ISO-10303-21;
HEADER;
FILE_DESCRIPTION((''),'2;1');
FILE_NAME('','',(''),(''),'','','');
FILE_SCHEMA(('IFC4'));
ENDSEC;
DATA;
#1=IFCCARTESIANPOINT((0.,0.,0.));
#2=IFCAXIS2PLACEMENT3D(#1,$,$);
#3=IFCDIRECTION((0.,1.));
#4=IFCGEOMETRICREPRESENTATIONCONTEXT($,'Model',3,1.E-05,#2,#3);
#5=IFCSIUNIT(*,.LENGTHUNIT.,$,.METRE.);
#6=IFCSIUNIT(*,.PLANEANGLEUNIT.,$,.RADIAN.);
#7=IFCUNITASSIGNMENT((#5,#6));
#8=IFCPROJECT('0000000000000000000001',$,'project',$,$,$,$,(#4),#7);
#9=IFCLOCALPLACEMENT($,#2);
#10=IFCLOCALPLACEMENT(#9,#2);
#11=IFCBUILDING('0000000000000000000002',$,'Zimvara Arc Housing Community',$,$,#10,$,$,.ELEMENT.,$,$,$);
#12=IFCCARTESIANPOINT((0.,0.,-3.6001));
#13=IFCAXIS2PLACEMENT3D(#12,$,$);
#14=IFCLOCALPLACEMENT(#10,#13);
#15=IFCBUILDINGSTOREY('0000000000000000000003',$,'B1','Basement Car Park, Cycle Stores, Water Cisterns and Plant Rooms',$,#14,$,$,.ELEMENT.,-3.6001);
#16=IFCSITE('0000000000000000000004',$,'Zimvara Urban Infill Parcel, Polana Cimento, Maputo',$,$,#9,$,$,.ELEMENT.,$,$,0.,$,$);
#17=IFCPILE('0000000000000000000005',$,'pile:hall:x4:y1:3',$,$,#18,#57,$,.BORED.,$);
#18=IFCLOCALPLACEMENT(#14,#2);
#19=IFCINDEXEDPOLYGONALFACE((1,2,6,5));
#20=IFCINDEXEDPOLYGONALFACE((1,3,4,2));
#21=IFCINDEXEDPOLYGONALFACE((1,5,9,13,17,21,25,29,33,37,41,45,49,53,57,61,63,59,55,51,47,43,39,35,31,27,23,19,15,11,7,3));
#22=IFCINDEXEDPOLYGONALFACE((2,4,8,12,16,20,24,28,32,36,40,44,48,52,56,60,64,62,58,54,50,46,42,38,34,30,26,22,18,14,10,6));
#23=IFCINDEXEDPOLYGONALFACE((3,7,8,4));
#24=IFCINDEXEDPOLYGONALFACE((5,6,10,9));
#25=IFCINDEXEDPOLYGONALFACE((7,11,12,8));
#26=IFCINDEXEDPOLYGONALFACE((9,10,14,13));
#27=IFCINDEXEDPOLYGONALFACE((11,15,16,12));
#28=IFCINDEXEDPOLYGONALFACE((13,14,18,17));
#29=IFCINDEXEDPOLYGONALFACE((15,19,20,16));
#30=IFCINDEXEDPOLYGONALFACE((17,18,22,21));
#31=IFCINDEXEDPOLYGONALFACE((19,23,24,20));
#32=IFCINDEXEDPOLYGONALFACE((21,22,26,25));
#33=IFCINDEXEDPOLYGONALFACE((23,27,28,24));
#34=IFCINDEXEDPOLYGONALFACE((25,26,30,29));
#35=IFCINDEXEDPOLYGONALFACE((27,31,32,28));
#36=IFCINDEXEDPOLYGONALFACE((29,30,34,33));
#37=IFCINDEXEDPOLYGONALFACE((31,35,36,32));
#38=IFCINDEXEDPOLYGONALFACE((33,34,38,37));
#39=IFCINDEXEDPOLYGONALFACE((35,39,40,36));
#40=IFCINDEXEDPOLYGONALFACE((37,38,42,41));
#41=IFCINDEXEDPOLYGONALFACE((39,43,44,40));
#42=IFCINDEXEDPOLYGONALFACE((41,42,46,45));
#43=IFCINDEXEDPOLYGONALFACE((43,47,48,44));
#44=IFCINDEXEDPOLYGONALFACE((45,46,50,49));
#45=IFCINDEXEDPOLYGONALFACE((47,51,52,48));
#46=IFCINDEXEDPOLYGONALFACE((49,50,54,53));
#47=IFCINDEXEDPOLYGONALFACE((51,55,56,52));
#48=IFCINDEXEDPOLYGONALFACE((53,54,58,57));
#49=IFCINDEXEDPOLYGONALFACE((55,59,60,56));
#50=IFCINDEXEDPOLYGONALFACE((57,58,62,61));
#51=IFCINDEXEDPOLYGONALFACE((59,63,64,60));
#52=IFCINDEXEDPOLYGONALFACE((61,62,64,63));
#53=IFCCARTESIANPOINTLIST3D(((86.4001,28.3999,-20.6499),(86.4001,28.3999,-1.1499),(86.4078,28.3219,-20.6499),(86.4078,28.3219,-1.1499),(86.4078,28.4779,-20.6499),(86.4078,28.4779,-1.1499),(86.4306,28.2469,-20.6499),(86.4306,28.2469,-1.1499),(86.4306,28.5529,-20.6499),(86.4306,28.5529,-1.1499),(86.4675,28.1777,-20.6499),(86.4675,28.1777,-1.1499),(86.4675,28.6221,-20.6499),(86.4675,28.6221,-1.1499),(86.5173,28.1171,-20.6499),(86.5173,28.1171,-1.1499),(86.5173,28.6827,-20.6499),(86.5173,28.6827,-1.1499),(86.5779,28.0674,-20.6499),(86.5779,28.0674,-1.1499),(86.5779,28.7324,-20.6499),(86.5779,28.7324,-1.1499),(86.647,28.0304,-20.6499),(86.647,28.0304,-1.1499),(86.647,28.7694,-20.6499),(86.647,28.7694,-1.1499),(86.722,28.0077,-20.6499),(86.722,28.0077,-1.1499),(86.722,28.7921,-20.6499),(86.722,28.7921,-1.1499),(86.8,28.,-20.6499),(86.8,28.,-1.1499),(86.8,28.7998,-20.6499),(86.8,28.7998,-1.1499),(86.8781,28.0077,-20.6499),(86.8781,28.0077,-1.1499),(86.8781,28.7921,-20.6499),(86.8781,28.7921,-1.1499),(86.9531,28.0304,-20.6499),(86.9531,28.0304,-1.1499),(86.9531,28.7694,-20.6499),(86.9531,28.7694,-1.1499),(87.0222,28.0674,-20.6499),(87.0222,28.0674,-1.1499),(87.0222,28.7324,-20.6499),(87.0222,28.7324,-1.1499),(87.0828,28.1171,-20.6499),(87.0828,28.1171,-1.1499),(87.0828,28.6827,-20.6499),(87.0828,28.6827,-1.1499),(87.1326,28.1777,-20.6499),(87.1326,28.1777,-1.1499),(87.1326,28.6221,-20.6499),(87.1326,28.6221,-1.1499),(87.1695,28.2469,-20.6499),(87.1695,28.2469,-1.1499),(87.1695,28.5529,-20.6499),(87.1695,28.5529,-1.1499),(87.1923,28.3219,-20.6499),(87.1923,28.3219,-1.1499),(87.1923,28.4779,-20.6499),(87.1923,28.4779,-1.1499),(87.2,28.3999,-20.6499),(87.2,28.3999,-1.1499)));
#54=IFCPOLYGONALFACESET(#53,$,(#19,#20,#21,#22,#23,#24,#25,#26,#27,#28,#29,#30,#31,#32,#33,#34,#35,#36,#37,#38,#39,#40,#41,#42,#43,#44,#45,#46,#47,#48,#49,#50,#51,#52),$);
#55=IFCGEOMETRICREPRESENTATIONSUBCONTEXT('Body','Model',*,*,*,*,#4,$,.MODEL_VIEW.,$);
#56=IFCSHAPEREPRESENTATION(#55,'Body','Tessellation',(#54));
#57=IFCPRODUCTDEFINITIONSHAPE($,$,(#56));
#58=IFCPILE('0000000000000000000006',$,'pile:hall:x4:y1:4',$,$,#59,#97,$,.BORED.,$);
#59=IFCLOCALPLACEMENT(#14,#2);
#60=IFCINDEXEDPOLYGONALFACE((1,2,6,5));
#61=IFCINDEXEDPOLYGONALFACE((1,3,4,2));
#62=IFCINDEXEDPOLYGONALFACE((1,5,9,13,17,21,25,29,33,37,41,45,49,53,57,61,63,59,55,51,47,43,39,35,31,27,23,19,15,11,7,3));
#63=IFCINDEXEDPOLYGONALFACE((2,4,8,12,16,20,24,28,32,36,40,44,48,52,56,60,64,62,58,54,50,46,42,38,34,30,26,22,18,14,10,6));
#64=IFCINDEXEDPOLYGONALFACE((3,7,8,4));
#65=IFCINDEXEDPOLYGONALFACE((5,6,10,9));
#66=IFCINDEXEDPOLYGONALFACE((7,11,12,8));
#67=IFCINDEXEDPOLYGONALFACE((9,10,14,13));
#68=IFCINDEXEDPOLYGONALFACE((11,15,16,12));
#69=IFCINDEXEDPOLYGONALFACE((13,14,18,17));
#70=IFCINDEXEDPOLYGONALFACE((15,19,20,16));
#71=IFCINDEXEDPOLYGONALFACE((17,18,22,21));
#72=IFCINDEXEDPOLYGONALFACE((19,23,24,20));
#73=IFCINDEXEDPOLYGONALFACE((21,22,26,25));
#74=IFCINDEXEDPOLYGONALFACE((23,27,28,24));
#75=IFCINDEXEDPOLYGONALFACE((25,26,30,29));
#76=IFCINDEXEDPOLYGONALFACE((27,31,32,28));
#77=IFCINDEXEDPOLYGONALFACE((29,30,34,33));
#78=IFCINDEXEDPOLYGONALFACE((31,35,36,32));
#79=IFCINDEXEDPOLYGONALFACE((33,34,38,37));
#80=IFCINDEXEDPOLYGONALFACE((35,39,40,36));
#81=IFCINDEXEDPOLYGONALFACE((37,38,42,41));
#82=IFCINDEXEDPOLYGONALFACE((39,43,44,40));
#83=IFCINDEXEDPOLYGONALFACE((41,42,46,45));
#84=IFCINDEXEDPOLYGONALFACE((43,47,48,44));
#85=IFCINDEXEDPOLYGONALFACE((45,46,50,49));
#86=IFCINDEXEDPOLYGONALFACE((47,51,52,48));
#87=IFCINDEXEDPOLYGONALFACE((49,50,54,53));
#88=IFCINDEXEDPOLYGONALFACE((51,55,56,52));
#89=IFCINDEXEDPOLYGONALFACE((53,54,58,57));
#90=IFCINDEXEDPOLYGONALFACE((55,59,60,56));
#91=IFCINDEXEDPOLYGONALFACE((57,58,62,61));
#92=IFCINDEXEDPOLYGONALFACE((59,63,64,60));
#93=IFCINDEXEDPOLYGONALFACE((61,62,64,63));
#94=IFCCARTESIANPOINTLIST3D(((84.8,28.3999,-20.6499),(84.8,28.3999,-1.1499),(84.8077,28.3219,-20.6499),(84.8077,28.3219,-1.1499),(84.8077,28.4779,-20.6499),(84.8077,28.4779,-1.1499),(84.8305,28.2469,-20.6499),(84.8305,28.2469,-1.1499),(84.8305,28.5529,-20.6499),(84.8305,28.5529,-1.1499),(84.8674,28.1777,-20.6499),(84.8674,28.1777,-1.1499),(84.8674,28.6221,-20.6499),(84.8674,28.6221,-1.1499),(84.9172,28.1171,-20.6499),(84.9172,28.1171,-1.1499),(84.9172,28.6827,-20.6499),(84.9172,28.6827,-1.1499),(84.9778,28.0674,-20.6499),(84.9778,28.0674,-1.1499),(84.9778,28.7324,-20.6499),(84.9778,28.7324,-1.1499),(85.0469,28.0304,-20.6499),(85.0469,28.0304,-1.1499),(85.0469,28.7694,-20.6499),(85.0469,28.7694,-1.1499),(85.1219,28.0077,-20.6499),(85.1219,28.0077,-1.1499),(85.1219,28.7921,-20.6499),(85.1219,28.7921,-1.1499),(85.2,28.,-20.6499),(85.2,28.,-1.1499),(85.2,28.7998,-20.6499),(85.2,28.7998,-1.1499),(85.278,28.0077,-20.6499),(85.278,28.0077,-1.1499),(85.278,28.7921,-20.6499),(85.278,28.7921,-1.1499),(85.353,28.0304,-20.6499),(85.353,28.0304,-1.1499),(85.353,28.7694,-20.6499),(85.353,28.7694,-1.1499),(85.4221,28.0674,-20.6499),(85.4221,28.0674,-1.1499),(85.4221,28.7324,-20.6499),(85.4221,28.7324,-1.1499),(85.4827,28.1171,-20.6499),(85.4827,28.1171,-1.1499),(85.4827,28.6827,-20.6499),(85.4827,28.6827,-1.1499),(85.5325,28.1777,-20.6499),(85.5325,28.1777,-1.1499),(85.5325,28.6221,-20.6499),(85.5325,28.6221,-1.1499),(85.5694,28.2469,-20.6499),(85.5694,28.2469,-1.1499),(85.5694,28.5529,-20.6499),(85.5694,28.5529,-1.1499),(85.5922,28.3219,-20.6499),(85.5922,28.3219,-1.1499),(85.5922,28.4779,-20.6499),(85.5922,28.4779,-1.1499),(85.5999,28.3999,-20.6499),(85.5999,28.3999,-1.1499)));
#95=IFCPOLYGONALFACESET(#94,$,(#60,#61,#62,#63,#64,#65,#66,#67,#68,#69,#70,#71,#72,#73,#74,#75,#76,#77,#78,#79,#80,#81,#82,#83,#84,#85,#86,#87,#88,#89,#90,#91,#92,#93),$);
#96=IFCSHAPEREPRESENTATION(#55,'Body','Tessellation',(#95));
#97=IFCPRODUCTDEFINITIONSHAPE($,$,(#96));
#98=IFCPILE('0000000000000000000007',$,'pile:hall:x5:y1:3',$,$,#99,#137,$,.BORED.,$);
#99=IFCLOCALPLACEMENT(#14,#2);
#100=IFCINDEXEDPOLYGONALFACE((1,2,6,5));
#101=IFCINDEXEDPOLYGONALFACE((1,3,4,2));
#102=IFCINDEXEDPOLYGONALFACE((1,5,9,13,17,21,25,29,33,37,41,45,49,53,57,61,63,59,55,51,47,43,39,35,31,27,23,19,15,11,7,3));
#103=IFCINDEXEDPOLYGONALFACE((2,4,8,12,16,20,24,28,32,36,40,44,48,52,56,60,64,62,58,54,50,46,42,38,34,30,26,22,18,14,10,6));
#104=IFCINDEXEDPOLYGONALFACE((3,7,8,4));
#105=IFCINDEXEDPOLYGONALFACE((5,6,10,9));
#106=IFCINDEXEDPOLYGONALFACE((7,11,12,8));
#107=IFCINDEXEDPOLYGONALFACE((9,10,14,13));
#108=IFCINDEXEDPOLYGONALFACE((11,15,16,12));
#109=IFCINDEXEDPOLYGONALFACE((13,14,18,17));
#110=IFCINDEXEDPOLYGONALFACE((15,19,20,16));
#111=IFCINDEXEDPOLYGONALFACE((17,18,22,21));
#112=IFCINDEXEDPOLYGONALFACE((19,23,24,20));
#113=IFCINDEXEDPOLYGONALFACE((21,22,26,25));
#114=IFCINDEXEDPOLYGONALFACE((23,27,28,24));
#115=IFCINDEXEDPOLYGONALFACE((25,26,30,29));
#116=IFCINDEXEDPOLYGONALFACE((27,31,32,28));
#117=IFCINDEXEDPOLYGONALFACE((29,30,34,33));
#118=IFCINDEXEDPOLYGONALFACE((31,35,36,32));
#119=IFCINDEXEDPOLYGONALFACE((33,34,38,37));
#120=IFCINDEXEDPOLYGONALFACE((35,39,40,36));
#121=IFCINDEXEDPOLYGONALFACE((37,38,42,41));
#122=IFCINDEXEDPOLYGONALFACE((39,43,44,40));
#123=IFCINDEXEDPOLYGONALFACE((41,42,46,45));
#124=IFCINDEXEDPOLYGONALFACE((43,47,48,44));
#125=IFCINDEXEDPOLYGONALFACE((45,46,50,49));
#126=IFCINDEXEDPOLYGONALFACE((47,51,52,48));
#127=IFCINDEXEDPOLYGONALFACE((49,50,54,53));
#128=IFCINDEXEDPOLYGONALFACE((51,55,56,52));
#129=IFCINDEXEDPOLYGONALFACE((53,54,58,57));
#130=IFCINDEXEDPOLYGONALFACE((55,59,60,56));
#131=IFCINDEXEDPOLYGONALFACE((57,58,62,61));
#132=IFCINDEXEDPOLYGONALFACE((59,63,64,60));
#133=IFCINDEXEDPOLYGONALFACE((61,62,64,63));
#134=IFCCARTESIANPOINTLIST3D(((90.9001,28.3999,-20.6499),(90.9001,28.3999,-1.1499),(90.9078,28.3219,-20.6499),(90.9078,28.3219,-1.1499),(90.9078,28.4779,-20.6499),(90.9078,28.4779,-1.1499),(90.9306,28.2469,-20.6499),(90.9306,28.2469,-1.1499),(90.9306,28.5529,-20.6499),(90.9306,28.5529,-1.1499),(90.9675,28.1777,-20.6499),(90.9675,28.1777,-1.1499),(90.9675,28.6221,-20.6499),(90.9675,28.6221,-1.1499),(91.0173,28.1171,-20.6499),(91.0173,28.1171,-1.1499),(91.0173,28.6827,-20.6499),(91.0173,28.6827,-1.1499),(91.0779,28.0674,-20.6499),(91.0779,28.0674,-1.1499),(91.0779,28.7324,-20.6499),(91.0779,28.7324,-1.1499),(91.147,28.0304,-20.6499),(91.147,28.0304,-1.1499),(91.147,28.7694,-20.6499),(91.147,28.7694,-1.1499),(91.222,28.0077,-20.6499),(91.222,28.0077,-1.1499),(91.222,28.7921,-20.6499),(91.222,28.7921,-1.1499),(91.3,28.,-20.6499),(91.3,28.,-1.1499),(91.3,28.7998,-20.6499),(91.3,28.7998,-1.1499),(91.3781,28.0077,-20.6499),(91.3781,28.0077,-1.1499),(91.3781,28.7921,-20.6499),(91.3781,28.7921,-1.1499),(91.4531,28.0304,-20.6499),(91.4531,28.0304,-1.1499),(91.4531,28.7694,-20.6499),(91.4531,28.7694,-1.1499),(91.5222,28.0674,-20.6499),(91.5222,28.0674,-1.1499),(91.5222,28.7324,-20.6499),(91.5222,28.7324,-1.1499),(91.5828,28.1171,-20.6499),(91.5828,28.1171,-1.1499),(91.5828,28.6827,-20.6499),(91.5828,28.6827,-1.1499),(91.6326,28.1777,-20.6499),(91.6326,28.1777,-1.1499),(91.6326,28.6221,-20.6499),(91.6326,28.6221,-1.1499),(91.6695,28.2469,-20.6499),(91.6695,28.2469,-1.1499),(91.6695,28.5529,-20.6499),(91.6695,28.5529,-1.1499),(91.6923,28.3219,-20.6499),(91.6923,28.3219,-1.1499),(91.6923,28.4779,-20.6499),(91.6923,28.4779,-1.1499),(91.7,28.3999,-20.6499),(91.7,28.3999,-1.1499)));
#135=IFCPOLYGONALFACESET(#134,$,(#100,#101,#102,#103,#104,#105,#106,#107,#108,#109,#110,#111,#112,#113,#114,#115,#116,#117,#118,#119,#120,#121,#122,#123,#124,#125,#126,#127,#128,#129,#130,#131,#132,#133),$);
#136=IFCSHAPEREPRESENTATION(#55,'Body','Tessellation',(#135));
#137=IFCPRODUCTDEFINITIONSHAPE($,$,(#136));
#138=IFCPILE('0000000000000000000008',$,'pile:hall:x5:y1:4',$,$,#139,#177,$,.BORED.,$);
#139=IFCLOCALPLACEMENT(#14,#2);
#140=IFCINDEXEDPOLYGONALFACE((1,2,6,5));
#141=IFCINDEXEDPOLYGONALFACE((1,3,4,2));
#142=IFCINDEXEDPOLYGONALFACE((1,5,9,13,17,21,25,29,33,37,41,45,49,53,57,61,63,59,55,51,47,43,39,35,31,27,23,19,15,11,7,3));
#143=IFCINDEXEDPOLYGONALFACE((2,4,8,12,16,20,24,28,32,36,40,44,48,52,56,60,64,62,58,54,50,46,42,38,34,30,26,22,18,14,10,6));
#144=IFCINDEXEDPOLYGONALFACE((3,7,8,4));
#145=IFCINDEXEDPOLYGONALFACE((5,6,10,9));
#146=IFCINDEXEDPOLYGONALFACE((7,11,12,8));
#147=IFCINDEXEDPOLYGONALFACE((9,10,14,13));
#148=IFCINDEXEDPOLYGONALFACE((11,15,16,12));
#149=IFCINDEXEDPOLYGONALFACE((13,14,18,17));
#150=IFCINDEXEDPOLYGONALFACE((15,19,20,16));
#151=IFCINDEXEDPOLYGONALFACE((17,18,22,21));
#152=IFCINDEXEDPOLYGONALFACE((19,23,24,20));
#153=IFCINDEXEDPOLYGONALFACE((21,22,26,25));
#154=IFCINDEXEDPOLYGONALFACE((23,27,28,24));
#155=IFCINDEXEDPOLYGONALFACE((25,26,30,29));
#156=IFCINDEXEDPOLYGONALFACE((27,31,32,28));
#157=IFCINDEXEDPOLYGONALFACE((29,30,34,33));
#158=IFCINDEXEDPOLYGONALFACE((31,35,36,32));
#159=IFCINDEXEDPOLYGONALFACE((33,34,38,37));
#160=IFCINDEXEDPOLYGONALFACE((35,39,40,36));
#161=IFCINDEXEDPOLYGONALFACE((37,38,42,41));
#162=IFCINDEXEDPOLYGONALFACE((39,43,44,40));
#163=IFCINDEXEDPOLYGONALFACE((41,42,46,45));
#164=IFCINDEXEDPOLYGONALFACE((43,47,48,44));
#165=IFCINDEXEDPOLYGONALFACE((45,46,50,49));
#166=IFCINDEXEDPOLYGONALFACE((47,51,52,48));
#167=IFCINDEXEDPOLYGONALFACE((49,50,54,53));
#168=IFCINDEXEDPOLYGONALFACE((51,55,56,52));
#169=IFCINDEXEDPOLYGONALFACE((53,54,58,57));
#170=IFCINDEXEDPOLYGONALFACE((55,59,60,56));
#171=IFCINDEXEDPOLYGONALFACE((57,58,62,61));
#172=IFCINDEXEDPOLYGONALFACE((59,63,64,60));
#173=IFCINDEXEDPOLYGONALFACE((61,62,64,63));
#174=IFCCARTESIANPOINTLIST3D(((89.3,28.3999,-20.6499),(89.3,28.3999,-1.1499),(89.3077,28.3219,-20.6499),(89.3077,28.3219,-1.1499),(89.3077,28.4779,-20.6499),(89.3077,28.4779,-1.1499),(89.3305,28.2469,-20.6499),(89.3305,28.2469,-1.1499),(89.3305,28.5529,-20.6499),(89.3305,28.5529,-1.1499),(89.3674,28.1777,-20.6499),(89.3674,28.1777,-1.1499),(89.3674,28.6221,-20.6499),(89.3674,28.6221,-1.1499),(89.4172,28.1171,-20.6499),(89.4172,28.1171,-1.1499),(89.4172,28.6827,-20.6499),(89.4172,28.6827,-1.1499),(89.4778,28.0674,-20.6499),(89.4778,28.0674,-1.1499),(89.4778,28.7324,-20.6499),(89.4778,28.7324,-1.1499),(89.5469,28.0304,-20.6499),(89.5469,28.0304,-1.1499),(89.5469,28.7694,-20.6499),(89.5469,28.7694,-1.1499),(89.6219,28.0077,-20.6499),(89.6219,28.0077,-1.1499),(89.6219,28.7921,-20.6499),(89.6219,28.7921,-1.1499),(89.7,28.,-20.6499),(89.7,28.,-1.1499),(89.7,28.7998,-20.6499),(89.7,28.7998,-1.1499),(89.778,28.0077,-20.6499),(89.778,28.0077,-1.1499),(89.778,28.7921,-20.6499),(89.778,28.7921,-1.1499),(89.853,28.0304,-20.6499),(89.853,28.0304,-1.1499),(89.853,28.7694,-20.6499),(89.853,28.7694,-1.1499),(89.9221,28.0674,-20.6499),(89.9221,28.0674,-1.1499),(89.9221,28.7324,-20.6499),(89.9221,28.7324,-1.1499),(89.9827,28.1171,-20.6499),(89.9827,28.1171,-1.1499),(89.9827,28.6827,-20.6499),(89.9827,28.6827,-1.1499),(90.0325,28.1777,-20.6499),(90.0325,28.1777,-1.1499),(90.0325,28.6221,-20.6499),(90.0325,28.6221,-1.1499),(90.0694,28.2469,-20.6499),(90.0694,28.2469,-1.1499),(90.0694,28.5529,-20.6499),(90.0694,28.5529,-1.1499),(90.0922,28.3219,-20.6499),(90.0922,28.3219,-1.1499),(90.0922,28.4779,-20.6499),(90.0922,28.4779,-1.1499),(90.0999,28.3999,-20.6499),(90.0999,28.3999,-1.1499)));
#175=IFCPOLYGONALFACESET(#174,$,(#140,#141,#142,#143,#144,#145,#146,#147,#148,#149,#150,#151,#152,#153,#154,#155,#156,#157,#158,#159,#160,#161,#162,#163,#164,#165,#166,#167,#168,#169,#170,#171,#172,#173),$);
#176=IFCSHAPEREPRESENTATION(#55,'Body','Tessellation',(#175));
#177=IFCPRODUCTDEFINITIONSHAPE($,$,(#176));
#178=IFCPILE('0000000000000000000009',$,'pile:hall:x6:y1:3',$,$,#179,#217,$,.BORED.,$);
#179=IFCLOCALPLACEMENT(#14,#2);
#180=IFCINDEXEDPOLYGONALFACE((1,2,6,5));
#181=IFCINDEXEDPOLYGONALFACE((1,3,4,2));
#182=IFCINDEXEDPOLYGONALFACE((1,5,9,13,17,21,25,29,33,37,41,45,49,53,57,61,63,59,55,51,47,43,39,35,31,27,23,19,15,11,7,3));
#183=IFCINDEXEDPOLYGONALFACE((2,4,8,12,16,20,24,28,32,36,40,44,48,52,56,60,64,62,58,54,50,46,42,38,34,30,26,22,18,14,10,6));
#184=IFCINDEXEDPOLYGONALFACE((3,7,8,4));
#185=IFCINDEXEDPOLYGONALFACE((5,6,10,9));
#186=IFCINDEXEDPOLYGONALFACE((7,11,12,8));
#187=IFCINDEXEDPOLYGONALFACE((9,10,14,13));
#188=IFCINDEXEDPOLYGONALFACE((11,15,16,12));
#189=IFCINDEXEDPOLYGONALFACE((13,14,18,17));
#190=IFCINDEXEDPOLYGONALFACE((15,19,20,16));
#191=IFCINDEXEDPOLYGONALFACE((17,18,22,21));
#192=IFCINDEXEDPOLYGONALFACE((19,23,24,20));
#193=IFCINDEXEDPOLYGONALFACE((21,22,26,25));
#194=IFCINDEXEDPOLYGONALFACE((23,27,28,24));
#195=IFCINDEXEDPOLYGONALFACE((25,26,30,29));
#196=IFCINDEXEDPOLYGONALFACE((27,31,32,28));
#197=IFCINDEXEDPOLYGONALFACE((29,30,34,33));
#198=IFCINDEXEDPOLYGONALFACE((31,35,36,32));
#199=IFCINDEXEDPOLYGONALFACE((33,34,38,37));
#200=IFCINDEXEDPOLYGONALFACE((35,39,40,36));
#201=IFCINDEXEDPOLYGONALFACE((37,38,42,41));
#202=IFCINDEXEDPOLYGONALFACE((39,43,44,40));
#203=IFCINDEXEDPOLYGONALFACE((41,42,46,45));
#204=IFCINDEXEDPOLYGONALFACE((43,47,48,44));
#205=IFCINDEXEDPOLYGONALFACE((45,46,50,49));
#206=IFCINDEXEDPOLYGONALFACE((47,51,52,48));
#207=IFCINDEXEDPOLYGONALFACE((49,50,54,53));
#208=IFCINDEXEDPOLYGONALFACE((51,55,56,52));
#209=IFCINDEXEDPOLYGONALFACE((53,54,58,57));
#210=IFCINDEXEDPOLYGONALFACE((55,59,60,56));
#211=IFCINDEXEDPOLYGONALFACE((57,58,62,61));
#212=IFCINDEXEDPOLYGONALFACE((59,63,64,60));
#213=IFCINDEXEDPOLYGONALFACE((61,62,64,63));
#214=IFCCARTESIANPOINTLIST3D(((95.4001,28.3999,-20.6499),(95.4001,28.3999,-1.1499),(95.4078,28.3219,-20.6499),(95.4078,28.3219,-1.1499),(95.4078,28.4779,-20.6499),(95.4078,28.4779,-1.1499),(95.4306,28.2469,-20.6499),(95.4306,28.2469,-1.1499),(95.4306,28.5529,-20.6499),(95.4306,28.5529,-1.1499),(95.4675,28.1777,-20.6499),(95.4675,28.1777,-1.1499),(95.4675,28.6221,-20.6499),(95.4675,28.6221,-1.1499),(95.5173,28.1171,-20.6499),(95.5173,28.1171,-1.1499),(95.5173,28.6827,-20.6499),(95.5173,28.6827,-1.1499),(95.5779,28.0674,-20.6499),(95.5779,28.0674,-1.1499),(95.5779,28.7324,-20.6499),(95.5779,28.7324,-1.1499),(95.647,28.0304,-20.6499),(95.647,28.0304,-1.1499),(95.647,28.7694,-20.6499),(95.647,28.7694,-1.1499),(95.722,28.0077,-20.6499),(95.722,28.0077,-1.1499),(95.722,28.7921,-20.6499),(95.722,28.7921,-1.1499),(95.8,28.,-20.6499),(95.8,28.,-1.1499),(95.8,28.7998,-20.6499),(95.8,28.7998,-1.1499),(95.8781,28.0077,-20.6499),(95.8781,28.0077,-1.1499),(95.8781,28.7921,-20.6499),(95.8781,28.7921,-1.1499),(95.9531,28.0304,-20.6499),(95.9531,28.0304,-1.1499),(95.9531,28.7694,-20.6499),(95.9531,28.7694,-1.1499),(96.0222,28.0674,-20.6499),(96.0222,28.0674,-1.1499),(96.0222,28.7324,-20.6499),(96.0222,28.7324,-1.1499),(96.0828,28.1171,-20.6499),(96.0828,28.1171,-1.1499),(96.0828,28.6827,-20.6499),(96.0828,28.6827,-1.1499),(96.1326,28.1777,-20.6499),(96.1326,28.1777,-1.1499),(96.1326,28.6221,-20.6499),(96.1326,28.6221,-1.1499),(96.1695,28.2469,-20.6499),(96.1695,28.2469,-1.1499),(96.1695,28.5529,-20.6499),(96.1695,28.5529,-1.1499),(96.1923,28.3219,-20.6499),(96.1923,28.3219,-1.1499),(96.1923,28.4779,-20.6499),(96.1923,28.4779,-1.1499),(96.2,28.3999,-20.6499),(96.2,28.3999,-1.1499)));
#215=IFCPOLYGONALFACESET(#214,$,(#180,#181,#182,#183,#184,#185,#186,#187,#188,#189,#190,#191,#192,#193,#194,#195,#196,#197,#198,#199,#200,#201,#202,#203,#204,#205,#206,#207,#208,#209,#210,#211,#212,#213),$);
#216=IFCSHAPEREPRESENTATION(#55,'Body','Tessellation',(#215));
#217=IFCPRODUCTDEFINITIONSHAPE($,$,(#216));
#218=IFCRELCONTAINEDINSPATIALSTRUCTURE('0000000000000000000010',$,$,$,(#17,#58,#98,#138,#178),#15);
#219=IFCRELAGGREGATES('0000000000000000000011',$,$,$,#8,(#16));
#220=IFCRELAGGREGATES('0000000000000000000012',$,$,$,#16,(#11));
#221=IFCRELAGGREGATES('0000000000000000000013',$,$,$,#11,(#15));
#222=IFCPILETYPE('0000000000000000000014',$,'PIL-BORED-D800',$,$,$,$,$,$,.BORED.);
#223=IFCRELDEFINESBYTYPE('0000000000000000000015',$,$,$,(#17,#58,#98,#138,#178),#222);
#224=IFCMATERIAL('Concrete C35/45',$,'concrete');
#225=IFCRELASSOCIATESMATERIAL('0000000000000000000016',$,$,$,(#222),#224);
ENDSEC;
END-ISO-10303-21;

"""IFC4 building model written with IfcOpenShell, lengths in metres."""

from ifc_helpers import new_model, si_unit, direction, frame, origin, origin_2d, place, context, subcontext, project, spatial, circle, extrude, material, material_profile, profile_set, type_object, element, save


model = new_model("IFC4")

# Units and contexts
model_context = context("Model", 3, precision=1e-05, world=origin(), true_north=direction((0.0, 1.0)))
body_context = subcontext(model_context, "Body", "Model", "MODEL_VIEW")
ifc_project = project(units=[si_unit("LENGTHUNIT", "METRE"), si_unit("PLANEANGLEUNIT", "RADIAN")], contexts=[model_context])

# Site, building, storey
site_placement = place(None, origin())
site = spatial("IfcSite", under=ifc_project, at=site_placement, Name="Zimvara Urban Infill Parcel, Polana Cimento, Maputo", CompositionType="ELEMENT", RefElevation=0.0)
building_placement = place(site_placement, origin())
building = spatial("IfcBuilding", under=site, at=building_placement, Name="Zimvara Arc Housing Community", CompositionType="ELEMENT")
storey_placement = place(building_placement, frame((0.0, 0.0, -3.6001)))
storey = spatial("IfcBuildingStorey", under=building, at=storey_placement, Name="B1", Description="Basement Car Park, Cycle Stores, Water Cisterns and Plant Rooms", CompositionType="ELEMENT", Elevation=-3.6001)

# Piles
ifc_material_1 = material(Name="Concrete C35/45", Category="concrete")
ifc_material_profile_1 = material_profile(ifc_material_1, circle(Radius=0.3999, at=origin_2d()), Name="PILE D800")
ifc_profile_set_1 = profile_set([ifc_material_profile_1], Name="Concrete C35/45")
pile_type_1 = type_object("IfcPileType", Name="PIL-BORED-D800", PredefinedType="BORED", material=ifc_profile_set_1)
for number, where, z_axis, x_axis, name in (
    (1, (86.8, 28.3999, -1.1499), (0.0, 0.0, -1.0), (1.0, 0.0, 0.0), "pile:hall:x4:y1:3"),
    (2, (85.2, 28.3999, -1.1499), (0.0, 0.0, -1.0), (1.0, 0.0, 0.0), "pile:hall:x4:y1:4"),
    (3, (91.3, 28.3999, -1.1499), (0.0, 0.0, -1.0), (1.0, 0.0, 0.0), "pile:hall:x5:y1:3"),
    (4, (89.7, 28.3999, -1.1499), (0.0, 0.0, -1.0), (1.0, 0.0, 0.0), "pile:hall:x5:y1:4"),
    (5, (95.8, 28.3999, -1.1499), (0.0, 0.0, -1.0), (1.0, 0.0, 0.0), "pile:hall:x6:y1:3"),
):
    element("IfcPile", number, at=place(storey_placement, frame(where, z_axis=z_axis, x_axis=x_axis)), inside=storey, type_object=pile_type_1, Name=name, PredefinedType="BORED", context=body_context, shape_type="SweptSolid", body=[
        extrude(circle(Radius=0.3999, at=origin_2d()), origin(), (0.0, 0.0, 1.0), 19.5),
    ])

save(model, "model.ifc")
